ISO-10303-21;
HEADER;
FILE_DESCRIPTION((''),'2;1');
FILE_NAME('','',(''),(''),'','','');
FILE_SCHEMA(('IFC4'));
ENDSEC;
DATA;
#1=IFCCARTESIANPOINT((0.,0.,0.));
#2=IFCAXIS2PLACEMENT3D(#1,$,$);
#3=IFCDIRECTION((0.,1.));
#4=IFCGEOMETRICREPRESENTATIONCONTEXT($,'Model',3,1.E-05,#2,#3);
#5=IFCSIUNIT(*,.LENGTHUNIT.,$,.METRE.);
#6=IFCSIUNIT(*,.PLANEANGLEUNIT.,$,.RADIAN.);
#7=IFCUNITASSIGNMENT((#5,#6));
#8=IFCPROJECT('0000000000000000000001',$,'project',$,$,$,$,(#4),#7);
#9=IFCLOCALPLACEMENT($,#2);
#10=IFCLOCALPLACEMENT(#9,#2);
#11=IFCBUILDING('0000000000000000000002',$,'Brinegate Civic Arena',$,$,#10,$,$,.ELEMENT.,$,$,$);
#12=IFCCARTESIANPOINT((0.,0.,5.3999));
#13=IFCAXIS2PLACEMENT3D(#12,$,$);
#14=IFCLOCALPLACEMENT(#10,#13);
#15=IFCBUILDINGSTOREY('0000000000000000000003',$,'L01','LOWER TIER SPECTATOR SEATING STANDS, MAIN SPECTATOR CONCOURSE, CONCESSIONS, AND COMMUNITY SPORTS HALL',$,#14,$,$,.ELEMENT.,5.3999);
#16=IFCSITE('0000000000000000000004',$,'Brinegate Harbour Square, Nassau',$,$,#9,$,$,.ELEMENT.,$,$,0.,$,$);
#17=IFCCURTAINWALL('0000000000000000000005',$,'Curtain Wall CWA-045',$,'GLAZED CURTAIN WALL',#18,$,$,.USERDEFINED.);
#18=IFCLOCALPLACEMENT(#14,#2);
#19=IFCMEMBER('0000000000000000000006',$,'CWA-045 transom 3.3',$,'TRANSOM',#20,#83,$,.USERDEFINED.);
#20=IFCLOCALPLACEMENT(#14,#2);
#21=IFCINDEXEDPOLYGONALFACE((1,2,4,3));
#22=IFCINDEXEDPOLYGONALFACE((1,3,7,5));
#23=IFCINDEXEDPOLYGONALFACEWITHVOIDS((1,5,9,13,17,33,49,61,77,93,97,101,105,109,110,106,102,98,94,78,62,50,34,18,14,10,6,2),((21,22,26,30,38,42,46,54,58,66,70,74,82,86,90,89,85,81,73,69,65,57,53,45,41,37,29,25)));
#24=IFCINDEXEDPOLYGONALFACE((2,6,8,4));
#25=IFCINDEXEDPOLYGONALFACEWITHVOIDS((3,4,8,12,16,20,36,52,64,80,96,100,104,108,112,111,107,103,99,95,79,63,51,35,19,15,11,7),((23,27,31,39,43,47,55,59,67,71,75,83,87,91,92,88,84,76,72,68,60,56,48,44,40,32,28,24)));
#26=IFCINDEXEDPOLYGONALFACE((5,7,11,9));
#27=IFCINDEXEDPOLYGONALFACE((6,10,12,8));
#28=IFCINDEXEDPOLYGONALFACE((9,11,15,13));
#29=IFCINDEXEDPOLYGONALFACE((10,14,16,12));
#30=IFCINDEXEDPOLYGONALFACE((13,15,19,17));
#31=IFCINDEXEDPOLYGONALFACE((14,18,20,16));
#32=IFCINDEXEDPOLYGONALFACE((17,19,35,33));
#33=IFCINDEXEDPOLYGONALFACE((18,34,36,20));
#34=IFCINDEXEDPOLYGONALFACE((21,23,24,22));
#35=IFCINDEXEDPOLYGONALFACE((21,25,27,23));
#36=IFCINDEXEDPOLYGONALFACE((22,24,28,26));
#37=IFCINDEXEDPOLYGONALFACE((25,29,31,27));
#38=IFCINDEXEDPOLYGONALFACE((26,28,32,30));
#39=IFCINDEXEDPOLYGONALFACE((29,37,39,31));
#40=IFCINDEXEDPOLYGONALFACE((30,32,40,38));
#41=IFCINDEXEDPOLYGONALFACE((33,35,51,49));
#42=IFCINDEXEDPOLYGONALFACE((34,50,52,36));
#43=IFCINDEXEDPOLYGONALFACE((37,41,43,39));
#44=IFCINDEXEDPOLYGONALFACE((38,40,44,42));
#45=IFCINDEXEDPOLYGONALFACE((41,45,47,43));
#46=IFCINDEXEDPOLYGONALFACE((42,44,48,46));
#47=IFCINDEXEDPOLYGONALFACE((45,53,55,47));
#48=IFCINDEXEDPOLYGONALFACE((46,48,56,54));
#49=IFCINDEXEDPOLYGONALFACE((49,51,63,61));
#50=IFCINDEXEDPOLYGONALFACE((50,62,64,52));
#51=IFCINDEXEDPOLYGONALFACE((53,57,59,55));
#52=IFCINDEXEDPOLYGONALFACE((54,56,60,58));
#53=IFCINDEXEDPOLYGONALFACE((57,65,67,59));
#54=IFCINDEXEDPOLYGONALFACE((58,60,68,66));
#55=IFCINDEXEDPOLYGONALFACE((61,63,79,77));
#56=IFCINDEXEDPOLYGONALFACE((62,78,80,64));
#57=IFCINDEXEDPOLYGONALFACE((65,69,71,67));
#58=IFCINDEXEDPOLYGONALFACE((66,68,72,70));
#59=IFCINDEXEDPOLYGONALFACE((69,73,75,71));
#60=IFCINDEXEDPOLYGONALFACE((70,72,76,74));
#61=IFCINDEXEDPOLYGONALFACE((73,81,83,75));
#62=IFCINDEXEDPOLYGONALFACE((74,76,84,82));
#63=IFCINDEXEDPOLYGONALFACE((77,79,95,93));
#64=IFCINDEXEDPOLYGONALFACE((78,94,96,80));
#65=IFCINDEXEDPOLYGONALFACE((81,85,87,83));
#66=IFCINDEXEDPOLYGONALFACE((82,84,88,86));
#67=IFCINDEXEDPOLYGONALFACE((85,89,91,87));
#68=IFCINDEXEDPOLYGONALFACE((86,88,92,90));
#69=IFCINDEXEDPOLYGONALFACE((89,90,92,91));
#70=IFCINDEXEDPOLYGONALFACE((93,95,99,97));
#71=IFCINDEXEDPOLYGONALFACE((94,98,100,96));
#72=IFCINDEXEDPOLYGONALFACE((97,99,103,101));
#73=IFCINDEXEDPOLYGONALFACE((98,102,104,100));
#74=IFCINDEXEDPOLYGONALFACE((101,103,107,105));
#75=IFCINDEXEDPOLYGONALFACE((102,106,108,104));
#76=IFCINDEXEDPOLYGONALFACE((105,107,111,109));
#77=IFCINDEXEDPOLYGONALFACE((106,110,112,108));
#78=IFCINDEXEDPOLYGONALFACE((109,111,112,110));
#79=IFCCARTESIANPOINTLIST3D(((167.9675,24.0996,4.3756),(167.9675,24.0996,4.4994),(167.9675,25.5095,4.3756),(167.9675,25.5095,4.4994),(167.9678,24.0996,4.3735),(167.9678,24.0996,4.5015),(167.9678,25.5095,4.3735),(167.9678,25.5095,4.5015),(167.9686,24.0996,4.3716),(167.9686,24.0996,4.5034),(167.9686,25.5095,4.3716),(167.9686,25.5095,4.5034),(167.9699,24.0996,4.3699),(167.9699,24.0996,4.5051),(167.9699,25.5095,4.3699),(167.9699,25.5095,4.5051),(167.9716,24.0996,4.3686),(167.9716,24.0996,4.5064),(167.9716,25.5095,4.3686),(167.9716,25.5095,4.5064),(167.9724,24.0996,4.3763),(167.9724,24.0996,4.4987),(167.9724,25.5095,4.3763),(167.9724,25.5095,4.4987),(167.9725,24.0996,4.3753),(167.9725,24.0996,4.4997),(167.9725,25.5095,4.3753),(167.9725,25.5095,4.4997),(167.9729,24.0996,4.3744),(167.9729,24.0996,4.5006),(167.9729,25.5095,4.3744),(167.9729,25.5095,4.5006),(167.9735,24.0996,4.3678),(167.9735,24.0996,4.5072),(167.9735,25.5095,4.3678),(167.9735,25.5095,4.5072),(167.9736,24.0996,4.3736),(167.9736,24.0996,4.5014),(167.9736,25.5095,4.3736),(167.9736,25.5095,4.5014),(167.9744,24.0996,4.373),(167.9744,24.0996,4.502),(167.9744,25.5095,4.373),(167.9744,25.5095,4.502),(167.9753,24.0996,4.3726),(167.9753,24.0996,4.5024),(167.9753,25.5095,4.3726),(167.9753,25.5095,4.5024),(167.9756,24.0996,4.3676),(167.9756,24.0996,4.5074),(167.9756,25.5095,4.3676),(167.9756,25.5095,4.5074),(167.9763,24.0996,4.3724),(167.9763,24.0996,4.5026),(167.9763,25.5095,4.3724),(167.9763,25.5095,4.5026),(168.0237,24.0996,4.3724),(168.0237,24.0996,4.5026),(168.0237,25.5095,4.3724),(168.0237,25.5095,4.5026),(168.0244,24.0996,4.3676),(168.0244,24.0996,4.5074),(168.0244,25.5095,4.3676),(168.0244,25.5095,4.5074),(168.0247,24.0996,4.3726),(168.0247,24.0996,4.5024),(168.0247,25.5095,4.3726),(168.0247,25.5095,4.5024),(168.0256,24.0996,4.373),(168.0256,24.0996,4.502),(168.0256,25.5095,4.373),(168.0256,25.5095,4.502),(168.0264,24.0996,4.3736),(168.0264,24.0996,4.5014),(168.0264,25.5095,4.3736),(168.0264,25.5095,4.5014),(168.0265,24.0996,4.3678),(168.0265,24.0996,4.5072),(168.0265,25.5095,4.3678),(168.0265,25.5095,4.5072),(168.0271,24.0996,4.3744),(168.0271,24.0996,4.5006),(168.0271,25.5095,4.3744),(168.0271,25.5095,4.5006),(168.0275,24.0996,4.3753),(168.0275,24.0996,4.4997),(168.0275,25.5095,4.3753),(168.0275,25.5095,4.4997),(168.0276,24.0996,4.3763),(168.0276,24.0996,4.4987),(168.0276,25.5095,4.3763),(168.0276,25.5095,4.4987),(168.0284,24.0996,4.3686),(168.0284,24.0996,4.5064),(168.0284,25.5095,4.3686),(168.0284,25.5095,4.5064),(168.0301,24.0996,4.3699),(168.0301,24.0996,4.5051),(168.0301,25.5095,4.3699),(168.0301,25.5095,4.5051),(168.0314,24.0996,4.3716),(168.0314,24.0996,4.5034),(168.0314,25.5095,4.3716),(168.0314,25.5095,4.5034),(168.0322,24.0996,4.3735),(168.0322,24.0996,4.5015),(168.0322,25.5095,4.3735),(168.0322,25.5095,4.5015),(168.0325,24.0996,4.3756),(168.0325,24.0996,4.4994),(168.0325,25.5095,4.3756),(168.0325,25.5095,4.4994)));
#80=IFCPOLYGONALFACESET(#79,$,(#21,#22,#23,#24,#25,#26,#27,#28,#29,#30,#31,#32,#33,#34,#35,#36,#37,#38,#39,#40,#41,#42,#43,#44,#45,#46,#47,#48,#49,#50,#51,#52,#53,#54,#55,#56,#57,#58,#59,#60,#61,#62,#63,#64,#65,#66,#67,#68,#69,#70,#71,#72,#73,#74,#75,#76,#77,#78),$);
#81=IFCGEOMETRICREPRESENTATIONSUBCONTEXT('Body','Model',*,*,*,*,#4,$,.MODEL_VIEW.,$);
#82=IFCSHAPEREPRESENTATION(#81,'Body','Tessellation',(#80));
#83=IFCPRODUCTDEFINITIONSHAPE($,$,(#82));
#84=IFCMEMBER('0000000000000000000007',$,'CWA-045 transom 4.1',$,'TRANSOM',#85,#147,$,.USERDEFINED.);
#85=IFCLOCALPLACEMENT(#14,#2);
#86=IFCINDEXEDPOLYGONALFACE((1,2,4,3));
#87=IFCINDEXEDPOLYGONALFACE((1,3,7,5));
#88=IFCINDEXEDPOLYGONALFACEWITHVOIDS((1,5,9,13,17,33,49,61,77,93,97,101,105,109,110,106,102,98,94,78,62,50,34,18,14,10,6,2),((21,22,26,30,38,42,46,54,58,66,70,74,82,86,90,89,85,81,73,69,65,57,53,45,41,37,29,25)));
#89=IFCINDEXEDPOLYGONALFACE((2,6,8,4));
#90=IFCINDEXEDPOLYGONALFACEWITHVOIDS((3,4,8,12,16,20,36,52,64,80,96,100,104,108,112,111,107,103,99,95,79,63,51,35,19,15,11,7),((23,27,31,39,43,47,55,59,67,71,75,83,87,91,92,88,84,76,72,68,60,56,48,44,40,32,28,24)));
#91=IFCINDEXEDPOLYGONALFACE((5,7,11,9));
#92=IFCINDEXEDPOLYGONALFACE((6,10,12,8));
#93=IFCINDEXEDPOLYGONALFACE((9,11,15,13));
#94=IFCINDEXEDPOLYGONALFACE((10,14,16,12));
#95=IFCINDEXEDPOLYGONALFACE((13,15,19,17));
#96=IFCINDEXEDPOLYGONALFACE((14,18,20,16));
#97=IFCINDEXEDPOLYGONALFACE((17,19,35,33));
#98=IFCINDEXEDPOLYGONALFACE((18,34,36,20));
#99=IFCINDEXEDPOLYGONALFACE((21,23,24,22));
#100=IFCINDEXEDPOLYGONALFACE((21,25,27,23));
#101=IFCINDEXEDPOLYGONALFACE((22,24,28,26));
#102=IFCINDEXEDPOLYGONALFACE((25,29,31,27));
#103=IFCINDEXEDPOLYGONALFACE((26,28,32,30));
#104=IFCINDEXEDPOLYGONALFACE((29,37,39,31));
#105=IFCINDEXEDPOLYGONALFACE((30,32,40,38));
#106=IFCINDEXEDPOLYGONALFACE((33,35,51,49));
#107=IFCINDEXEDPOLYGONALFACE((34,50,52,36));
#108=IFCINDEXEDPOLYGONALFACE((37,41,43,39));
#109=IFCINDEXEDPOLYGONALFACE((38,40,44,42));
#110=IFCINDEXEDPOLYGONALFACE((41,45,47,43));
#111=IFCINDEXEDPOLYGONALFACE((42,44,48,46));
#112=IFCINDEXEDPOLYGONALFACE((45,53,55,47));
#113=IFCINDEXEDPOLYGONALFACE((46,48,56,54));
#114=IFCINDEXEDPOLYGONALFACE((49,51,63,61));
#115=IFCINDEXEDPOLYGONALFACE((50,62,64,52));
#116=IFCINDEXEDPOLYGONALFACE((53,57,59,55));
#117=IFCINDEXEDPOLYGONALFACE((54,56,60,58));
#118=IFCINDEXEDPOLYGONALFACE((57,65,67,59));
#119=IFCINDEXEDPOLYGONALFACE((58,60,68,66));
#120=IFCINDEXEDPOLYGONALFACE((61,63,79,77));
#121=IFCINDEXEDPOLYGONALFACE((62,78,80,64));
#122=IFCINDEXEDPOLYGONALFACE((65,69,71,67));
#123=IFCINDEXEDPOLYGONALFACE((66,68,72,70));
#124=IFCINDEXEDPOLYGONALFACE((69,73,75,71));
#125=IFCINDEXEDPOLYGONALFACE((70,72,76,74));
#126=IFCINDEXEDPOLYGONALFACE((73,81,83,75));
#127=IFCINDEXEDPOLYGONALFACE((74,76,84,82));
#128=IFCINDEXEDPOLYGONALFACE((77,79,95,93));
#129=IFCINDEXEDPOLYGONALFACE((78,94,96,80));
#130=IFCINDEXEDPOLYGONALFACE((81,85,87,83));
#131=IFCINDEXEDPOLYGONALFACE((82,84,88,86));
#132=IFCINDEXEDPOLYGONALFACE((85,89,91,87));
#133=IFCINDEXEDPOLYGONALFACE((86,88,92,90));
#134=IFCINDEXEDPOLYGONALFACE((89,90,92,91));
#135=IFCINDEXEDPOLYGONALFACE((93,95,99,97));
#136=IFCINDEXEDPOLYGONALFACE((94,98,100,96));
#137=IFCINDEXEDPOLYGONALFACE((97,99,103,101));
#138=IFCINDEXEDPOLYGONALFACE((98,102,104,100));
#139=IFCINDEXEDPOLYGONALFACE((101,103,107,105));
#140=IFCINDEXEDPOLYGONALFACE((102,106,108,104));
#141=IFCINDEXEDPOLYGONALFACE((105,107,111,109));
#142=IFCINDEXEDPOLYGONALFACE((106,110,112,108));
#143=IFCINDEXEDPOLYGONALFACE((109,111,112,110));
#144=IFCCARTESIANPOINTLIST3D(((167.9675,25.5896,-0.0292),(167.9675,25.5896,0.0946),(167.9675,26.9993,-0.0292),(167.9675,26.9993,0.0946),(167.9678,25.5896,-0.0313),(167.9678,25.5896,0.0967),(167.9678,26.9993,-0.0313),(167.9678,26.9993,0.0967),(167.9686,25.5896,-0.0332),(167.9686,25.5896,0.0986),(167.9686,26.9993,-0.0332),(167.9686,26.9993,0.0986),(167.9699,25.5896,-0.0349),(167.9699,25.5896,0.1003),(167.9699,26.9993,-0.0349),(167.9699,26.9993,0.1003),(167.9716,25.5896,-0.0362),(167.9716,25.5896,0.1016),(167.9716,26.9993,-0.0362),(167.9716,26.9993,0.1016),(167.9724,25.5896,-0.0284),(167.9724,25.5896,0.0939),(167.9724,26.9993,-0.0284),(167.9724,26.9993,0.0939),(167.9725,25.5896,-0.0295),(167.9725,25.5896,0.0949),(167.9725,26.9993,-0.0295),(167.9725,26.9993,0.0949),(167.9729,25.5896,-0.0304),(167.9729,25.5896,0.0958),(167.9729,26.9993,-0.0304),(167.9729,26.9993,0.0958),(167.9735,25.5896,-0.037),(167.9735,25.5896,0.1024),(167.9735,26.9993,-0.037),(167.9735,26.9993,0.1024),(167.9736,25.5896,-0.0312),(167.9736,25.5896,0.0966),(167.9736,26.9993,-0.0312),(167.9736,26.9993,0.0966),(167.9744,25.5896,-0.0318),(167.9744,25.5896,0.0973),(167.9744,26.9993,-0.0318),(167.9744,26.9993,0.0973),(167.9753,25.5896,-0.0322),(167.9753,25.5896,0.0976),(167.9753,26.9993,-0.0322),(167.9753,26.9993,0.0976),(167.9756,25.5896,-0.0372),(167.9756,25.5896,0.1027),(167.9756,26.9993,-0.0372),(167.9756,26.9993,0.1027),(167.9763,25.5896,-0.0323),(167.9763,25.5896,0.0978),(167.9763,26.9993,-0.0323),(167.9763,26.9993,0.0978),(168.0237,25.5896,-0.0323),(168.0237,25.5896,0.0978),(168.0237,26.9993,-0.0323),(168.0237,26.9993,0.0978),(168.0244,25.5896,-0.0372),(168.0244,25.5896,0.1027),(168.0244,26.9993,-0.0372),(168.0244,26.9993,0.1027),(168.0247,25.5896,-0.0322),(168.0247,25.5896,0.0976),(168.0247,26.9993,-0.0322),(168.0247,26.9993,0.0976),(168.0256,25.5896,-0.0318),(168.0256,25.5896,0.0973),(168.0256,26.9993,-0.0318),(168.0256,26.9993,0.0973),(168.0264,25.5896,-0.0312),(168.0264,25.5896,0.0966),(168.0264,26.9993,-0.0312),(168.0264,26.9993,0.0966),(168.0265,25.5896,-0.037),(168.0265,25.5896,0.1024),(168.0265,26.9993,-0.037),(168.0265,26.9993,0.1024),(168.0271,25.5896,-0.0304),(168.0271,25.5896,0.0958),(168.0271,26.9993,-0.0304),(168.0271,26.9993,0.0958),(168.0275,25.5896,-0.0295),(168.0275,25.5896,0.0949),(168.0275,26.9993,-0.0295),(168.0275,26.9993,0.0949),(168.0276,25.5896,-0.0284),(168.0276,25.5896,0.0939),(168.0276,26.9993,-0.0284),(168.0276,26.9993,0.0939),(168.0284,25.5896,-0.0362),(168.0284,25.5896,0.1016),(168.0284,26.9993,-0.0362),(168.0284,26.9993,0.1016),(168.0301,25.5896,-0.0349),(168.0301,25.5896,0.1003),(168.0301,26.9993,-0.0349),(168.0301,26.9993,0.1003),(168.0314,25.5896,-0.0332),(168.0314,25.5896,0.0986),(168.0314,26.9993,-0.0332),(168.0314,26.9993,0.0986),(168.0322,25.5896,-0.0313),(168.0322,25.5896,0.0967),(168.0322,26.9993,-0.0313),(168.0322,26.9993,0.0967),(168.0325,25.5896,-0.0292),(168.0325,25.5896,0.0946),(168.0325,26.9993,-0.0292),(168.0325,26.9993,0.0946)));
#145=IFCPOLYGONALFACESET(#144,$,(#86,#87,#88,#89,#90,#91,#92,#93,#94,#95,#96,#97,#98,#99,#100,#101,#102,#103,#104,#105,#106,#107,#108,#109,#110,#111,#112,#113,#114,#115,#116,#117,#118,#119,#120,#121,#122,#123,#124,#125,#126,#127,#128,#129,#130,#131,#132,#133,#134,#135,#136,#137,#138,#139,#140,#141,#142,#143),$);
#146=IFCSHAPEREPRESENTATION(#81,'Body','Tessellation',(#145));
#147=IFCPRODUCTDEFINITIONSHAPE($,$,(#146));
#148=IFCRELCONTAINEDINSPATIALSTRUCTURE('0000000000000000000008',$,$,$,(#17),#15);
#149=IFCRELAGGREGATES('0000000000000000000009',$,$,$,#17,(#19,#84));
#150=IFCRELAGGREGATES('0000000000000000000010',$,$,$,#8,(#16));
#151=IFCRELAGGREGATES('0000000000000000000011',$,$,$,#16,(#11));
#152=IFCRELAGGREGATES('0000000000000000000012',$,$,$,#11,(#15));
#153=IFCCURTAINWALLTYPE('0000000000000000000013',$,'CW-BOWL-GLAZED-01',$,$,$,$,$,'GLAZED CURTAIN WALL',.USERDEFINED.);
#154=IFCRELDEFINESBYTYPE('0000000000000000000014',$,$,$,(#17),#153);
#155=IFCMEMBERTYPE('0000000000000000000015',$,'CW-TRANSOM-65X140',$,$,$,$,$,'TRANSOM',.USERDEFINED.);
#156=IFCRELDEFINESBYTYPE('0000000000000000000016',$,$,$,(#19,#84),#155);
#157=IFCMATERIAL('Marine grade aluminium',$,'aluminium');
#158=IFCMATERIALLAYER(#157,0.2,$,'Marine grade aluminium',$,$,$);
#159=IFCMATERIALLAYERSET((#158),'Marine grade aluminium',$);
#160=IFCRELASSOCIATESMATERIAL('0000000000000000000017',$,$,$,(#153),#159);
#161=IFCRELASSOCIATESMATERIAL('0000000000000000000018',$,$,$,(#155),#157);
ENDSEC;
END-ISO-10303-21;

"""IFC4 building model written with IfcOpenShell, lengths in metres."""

from ifc_helpers import new_model, si_unit, direction, frame, origin, origin_2d, place, context, subcontext, project, spatial, hollow_rectangle, extrude, material, layer, layer_set, material_profile, profile_set, type_object, element, aggregate, save


model = new_model("IFC4")

# Units and contexts
model_context = context("Model", 3, precision=1e-05, world=origin(), true_north=direction((0.0, 1.0)))
body_context = subcontext(model_context, "Body", "Model", "MODEL_VIEW")
ifc_project = project(units=[si_unit("LENGTHUNIT", "METRE"), si_unit("PLANEANGLEUNIT", "RADIAN")], contexts=[model_context])

# Site, building, storey
site_placement = place(None, origin())
site = spatial("IfcSite", under=ifc_project, at=site_placement, Name="Brinegate Harbour Square, Nassau", CompositionType="ELEMENT", RefElevation=0.0)
building_placement = place(site_placement, origin())
building = spatial("IfcBuilding", under=site, at=building_placement, Name="Brinegate Civic Arena", CompositionType="ELEMENT")
storey_placement = place(building_placement, frame((0.0, 0.0, 5.3999)))
storey = spatial("IfcBuildingStorey", under=building, at=storey_placement, Name="L01", Description="LOWER TIER SPECTATOR SEATING STANDS, MAIN SPECTATOR CONCOURSE, CONCESSIONS, AND COMMUNITY SPORTS HALL", CompositionType="ELEMENT", Elevation=5.3999)

# Curtain wall, members
ifc_material_1 = material(Name="Marine grade aluminium", Category="aluminium")
ifc_layer_1 = layer(ifc_material_1, 0.2, Name="Marine grade aluminium")
ifc_layer_set_1 = layer_set([ifc_layer_1], Name="Marine grade aluminium")
curtain_wall_type = type_object("IfcCurtainWallType", Name="CW-BOWL-GLAZED-01", ElementType="GLAZED CURTAIN WALL", PredefinedType="USERDEFINED", material=ifc_layer_set_1)
curtain_wall_placement = place(storey_placement, origin())
curtain_wall = element("IfcCurtainWall", 1, at=curtain_wall_placement, inside=storey, type_object=curtain_wall_type, Name="Curtain Wall CWA-045", ObjectType="GLAZED CURTAIN WALL", PredefinedType="USERDEFINED")
ifc_material_profile_1 = material_profile(ifc_material_1, hollow_rectangle(XDim=0.0649, YDim=0.1399, WallThickness=0.0049, InnerFilletRadius=0.0039, OuterFilletRadius=0.0081, at=origin_2d()), Name="TRN65X140")
ifc_profile_set_1 = profile_set([ifc_material_profile_1], Name="Marine grade aluminium")
member_type_1 = type_object("IfcMemberType", Name="CW-TRANSOM-65X140", ElementType="TRANSOM", PredefinedType="USERDEFINED", material=ifc_profile_set_1)
member_1_placement = place(storey_placement, frame((168.0, 24.0996, 4.4375), z_axis=(0.0, 1.0, 0.0), x_axis=(-1.0, 0.0, 0.0)))
member_1 = element("IfcMember", 2, at=member_1_placement, type_object=member_type_1, Name="CWA-045 transom 3.3", ObjectType="TRANSOM", PredefinedType="USERDEFINED", context=body_context, shape_type="SweptSolid", body=[
    extrude(hollow_rectangle(XDim=0.0649, YDim=0.1399, WallThickness=0.0049, InnerFilletRadius=0.0039, OuterFilletRadius=0.0081, at=origin_2d()), origin(), (0.0, 0.0, 1.0), 1.4099),
])
member_2_placement = place(storey_placement, frame((168.0, 25.5896, 0.0327), z_axis=(0.0, 1.0, 0.0), x_axis=(-1.0, 0.0, 0.0)))
member_2 = element("IfcMember", 3, at=member_2_placement, type_object=member_type_1, Name="CWA-045 transom 4.1", ObjectType="TRANSOM", PredefinedType="USERDEFINED", context=body_context, shape_type="SweptSolid", body=[
    extrude(hollow_rectangle(XDim=0.0649, YDim=0.1399, WallThickness=0.0049, InnerFilletRadius=0.0039, OuterFilletRadius=0.0081, at=origin_2d()), origin(), (0.0, 0.0, 1.0), 1.4097),
])

aggregate(curtain_wall, [member_1, member_2])

save(model, "model.ifc")
